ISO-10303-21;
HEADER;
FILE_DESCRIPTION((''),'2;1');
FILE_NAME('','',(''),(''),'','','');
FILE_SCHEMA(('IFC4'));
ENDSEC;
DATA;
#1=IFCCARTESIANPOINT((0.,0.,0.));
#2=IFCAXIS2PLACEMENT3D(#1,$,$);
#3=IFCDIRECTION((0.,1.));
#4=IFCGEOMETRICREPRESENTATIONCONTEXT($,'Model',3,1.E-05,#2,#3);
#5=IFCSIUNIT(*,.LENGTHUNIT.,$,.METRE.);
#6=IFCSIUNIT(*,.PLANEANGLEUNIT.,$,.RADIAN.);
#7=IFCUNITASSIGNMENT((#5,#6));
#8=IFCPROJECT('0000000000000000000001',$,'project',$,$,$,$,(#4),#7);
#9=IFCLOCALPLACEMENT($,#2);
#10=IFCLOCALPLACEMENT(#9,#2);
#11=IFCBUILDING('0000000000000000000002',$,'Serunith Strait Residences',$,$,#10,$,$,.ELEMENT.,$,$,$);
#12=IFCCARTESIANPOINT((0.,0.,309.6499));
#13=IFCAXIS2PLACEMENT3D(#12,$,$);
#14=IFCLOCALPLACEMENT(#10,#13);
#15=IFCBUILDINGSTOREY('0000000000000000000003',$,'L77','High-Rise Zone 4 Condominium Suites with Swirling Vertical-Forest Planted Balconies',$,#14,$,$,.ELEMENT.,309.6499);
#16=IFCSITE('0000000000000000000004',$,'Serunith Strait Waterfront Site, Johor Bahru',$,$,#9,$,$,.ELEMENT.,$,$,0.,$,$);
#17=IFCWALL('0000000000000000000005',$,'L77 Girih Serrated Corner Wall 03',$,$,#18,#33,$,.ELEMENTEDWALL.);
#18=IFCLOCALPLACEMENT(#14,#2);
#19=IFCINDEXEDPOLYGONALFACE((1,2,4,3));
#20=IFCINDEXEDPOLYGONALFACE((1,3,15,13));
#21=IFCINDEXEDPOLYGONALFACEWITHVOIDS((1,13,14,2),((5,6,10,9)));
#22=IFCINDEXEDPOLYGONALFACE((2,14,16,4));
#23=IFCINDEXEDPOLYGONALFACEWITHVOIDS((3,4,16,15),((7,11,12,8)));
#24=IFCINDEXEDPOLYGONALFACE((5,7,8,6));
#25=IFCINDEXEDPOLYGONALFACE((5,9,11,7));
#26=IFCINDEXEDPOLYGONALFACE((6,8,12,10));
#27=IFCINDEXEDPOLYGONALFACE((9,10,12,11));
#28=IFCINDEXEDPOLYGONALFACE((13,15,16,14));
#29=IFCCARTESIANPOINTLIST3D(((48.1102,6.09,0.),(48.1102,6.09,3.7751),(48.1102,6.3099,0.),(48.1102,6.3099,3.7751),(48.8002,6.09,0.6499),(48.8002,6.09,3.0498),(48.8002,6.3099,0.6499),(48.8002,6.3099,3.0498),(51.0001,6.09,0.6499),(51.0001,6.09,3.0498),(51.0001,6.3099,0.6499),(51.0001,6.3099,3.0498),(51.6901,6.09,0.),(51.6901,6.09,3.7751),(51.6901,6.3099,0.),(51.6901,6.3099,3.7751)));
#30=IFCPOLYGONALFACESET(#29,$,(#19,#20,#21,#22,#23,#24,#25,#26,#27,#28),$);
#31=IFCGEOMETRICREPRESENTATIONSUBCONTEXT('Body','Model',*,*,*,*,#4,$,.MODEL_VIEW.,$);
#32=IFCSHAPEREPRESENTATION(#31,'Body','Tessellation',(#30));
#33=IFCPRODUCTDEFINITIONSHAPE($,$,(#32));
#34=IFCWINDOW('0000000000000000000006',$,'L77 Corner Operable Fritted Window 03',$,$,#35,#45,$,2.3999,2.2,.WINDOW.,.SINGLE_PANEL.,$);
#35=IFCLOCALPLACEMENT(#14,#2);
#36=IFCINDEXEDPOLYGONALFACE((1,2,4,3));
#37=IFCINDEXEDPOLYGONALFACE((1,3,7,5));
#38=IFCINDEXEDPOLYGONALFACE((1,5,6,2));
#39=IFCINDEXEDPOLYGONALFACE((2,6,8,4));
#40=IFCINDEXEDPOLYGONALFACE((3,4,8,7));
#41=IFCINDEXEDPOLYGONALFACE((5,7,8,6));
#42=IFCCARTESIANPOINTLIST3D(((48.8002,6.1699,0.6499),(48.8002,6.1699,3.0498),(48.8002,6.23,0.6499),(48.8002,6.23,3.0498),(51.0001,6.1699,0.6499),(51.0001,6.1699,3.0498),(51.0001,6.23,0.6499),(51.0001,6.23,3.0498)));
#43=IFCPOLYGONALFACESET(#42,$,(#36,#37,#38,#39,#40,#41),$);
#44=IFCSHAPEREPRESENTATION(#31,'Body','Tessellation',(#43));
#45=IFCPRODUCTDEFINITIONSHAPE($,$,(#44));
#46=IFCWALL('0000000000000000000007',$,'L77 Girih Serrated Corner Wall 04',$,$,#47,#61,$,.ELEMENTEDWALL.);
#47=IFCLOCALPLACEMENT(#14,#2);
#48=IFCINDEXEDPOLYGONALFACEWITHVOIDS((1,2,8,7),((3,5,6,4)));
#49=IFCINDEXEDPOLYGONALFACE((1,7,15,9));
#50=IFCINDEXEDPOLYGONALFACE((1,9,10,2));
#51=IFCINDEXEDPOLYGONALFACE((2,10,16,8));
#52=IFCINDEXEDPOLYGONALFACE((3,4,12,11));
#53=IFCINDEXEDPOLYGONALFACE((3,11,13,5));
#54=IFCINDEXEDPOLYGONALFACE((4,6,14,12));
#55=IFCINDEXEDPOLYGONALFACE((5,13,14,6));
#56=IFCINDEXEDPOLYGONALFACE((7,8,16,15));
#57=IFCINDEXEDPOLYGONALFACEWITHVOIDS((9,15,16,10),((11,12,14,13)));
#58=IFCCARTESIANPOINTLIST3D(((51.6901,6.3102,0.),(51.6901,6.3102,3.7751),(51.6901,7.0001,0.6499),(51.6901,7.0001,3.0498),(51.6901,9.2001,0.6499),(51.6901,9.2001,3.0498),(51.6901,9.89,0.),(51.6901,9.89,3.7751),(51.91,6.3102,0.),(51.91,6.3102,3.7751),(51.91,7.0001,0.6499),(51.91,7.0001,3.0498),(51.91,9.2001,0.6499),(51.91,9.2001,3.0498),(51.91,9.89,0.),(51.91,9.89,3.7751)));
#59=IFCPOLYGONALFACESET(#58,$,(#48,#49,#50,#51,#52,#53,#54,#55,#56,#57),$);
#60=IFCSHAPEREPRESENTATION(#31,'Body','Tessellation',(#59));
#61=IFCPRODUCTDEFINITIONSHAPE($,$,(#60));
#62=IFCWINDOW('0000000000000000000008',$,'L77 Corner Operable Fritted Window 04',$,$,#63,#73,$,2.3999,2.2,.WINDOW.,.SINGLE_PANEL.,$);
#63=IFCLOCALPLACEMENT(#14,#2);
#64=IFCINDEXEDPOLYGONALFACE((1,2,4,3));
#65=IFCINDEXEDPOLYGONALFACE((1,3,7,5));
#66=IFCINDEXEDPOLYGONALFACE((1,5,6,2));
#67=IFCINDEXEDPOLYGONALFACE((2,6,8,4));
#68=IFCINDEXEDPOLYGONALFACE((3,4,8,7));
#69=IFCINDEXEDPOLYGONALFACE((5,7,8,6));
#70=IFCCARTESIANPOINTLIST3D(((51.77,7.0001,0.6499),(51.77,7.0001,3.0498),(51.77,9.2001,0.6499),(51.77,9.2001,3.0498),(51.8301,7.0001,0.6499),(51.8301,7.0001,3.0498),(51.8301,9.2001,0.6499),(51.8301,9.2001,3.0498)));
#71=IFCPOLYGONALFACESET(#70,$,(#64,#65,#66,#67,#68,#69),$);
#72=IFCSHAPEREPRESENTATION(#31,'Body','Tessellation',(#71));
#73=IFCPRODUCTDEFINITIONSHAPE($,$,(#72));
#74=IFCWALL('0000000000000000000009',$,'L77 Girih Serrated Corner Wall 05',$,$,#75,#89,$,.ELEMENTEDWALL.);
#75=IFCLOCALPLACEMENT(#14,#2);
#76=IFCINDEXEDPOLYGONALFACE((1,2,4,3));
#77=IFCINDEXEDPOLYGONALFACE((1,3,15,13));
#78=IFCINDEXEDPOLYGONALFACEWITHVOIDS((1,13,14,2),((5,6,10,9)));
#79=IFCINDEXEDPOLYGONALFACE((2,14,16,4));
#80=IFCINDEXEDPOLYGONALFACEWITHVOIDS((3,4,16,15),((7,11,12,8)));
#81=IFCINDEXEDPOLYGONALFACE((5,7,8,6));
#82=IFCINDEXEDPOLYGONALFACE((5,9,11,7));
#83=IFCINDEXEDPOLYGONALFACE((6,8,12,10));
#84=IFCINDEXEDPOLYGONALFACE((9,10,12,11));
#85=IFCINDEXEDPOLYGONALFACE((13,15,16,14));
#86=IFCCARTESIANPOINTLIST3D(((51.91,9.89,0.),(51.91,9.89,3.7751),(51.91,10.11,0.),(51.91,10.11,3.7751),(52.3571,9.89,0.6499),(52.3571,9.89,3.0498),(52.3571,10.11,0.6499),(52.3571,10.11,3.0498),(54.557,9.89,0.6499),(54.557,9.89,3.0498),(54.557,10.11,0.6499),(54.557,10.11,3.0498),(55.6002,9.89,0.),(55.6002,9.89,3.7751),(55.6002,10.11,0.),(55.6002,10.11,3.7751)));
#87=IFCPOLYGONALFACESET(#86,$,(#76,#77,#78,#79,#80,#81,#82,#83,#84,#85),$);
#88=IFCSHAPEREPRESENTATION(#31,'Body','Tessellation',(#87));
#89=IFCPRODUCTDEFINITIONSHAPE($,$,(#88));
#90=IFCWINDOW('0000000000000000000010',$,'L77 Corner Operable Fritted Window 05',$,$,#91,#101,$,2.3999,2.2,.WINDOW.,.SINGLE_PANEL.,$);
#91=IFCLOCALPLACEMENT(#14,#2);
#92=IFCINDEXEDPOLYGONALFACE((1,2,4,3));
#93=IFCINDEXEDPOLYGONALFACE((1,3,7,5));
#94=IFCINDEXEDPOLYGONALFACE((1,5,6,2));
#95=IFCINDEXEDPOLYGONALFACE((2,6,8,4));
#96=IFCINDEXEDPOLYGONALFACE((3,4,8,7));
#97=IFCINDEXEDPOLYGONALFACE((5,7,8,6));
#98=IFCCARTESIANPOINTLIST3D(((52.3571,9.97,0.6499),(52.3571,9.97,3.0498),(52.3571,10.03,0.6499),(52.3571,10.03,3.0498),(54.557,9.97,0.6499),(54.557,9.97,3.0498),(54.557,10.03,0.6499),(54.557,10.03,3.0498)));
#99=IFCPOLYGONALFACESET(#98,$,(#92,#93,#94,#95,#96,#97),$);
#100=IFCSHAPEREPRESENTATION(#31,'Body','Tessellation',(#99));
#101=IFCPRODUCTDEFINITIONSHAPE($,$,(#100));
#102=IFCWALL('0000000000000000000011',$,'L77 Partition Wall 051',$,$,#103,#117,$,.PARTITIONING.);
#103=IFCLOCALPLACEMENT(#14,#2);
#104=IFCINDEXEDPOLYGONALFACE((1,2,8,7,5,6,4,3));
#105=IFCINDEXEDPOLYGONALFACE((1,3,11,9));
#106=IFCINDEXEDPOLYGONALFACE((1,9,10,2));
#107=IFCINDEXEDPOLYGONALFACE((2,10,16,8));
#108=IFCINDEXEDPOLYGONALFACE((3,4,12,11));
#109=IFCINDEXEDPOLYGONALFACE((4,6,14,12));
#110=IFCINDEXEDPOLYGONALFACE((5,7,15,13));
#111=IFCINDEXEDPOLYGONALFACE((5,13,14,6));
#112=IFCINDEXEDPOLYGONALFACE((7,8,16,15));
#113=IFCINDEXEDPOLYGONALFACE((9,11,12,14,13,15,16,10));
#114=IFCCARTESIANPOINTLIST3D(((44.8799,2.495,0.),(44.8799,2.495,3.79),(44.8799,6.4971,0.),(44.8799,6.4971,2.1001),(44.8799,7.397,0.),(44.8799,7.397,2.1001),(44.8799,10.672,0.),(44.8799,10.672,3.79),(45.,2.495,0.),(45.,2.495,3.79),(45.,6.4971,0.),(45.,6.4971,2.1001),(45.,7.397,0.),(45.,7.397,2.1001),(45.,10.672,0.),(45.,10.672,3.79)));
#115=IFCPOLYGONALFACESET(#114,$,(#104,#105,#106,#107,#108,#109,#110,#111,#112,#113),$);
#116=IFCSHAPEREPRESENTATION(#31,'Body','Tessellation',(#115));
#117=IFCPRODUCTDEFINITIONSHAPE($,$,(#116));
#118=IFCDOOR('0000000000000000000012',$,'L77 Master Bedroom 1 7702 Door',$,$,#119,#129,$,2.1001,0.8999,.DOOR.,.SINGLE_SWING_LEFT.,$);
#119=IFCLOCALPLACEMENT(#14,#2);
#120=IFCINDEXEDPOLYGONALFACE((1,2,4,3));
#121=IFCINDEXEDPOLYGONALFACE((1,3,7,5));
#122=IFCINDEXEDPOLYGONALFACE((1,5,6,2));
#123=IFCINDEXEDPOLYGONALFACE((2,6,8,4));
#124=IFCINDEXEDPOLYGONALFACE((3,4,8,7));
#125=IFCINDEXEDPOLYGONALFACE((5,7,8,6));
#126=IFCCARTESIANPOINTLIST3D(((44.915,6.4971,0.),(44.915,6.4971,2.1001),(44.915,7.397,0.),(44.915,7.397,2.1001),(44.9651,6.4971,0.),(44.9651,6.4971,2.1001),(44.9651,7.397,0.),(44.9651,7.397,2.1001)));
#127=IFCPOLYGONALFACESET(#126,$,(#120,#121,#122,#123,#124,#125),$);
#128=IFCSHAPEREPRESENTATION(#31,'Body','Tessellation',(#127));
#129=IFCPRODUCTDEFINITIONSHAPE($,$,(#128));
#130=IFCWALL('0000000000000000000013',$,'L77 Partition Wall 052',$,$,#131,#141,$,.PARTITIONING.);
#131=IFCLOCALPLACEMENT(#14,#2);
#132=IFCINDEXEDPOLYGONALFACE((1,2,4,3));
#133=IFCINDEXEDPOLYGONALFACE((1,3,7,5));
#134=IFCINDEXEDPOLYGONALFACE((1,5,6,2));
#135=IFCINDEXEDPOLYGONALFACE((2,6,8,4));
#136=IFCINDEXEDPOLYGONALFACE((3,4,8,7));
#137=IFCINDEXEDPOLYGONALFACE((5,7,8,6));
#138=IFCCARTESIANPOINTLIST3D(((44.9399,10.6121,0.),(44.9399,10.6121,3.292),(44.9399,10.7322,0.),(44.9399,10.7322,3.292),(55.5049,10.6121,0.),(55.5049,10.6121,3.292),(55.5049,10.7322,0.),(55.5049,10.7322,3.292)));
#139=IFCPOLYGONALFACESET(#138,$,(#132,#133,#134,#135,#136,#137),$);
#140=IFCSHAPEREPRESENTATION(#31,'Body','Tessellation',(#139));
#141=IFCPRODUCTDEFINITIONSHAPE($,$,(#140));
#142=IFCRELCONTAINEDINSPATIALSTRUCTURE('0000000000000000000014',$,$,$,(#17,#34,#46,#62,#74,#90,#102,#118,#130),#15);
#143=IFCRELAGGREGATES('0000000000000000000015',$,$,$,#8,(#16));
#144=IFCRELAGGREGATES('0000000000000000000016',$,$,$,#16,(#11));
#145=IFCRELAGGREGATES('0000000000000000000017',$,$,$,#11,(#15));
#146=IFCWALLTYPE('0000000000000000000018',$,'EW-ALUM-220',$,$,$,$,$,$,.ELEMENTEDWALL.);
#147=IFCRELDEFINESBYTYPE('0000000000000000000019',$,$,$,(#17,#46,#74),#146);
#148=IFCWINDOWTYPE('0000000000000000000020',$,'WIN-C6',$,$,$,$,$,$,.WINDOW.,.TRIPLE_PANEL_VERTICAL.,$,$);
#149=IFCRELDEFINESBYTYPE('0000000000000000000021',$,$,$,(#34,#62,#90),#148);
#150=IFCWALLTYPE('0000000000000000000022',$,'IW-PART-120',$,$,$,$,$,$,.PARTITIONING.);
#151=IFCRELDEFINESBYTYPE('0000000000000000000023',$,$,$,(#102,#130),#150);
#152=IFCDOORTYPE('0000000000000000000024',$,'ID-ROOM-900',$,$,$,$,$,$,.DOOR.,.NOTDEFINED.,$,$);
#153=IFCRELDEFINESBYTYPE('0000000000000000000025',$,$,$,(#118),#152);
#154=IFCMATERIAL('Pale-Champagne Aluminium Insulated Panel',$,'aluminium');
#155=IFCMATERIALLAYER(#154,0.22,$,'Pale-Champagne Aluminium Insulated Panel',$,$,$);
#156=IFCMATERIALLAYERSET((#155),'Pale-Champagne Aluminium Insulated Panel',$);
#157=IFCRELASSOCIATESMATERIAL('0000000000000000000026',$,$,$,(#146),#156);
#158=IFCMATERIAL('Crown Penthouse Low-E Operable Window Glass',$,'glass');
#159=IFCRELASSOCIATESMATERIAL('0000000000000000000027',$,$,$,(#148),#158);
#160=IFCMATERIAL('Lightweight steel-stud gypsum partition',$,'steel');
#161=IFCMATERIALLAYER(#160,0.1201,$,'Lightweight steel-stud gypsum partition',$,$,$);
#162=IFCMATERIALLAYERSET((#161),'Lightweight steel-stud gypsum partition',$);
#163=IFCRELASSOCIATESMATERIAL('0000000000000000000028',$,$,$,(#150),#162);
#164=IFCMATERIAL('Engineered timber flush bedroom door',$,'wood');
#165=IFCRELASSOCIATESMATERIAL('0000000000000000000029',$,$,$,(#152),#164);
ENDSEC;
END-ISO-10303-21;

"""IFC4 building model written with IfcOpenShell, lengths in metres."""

from ifc_helpers import new_model, si_unit, direction, frame, frame_2d, origin, place, context, subcontext, project, spatial, rectangle, extrude, source, transform, mapped, material, layer, layer_set, type_object, element, fill, save


model = new_model("IFC4")

# Units and contexts
model_context = context("Model", 3, precision=1e-05, world=origin(), true_north=direction((0.0, 1.0)))
body_context = subcontext(model_context, "Body", "Model", "MODEL_VIEW")
ifc_project = project(units=[si_unit("LENGTHUNIT", "METRE"), si_unit("PLANEANGLEUNIT", "RADIAN")], contexts=[model_context])

# Site, building, storey
site_placement = place(None, origin())
site = spatial("IfcSite", under=ifc_project, at=site_placement, Name="Serunith Strait Waterfront Site, Johor Bahru", CompositionType="ELEMENT", RefElevation=0.0)
building_placement = place(site_placement, origin())
building = spatial("IfcBuilding", under=site, at=building_placement, Name="Serunith Strait Residences", CompositionType="ELEMENT")
storey_placement = place(building_placement, frame((0.0, 0.0, 309.6499)))
storey = spatial("IfcBuildingStorey", under=building, at=storey_placement, Name="L77", Description="High-Rise Zone 4 Condominium Suites with Swirling Vertical-Forest Planted Balconies", CompositionType="ELEMENT", Elevation=309.6499)

# Walls, openings, windows
ifc_material_1 = material(Name="Pale-Champagne Aluminium Insulated Panel", Category="aluminium")
ifc_layer_1 = layer(ifc_material_1, 0.22, Name="Pale-Champagne Aluminium Insulated Panel")
ifc_layer_set_1 = layer_set([ifc_layer_1], Name="Pale-Champagne Aluminium Insulated Panel")
wall_type_1 = type_object("IfcWallType", Name="EW-ALUM-220", PredefinedType="ELEMENTEDWALL", material=ifc_layer_set_1)
ifc_material_2 = material(Name="Crown Penthouse Low-E Operable Window Glass", Category="glass")
window_type = type_object("IfcWindowType", Name="WIN-C6", PartitioningType="TRIPLE_PANEL_VERTICAL", PredefinedType="WINDOW", material=ifc_material_2)
shared_shape_1 = source(origin(), body_context, "Body", "SweptSolid", [
    extrude(rectangle(XDim=2.2, YDim=2.3999, at=frame_2d((1.1001, 1.2))), frame((0.0, 0.03, 0.0), z_axis=(0.0, -1.0, 0.0), x_axis=(1.0, 0.0, 0.0)), (0.0, 0.0, 1.0), 0.0601),
])
wall_1_placement = place(storey_placement, frame((48.1101, 6.2, 0.0), z_axis=(0.0, 0.0, 1.0), x_axis=(1.0, 0.0, 0.0)))
wall_1 = element("IfcWall", 1, at=wall_1_placement, inside=storey, type_object=wall_type_1, Name="L77 Girih Serrated Corner Wall 03", PredefinedType="ELEMENTEDWALL", context=body_context, shape_type="SweptSolid", body=[
    extrude(rectangle(XDim=3.5798, YDim=0.22, at=frame_2d((1.79, 0.0))), origin(), (0.0, 0.0, 1.0), 3.7751),
])
opening_1_placement = place(wall_1_placement, frame((0.6899, 0.0, 0.6499)))
opening_1 = element("IfcOpeningElement", 2, at=opening_1_placement, cuts=wall_1, PredefinedType="OPENING", context=body_context, shape_type="SweptSolid", body=[
    extrude(rectangle(XDim=2.2, YDim=2.3999, at=frame_2d((1.1001, 1.2))), frame((0.0, 0.1201, 0.0), z_axis=(0.0, -1.0, 0.0), x_axis=(1.0, 0.0, 0.0)), (0.0, 0.0, 1.0), 0.24),
])
window_1_placement = place(opening_1_placement, origin())
window_1 = element("IfcWindow", 3, at=window_1_placement, inside=storey, type_object=window_type, Name="L77 Corner Operable Fritted Window 03", OverallHeight=2.3999, OverallWidth=2.2, PartitioningType="SINGLE_PANEL", PredefinedType="WINDOW", context=body_context, shape_type="MappedRepresentation", body=[
    mapped(shared_shape_1, transform((0.0, 0.0, 0.0), scale=1.0)),
])
fill(opening_1, window_1)
wall_2_placement = place(storey_placement, frame((51.8, 6.3101, 0.0), z_axis=(0.0, 0.0, 1.0), x_axis=(0.0, 1.0, 0.0)))
wall_2 = element("IfcWall", 4, at=wall_2_placement, inside=storey, type_object=wall_type_1, Name="L77 Girih Serrated Corner Wall 04", PredefinedType="ELEMENTEDWALL", context=body_context, shape_type="SweptSolid", body=[
    extrude(rectangle(XDim=3.5798, YDim=0.22, at=frame_2d((1.79, 0.0))), origin(), (0.0, 0.0, 1.0), 3.7751),
])
opening_2_placement = place(wall_2_placement, frame((0.6899, 0.0, 0.6499)))
opening_2 = element("IfcOpeningElement", 5, at=opening_2_placement, cuts=wall_2, PredefinedType="OPENING", context=body_context, shape_type="SweptSolid", body=[
    extrude(rectangle(XDim=2.2, YDim=2.3999, at=frame_2d((1.1001, 1.2))), frame((0.0, 0.1201, 0.0), z_axis=(0.0, -1.0, 0.0), x_axis=(1.0, 0.0, 0.0)), (0.0, 0.0, 1.0), 0.24),
])
window_2_placement = place(opening_2_placement, origin())
window_2 = element("IfcWindow", 6, at=window_2_placement, inside=storey, type_object=window_type, Name="L77 Corner Operable Fritted Window 04", OverallHeight=2.3999, OverallWidth=2.2, PartitioningType="SINGLE_PANEL", PredefinedType="WINDOW", context=body_context, shape_type="MappedRepresentation", body=[
    mapped(shared_shape_1, transform((0.0, 0.0, 0.0), scale=1.0)),
])
fill(opening_2, window_2)
wall_3_placement = place(storey_placement, frame((51.9099, 10.0, 0.0), z_axis=(0.0, 0.0, 1.0), x_axis=(1.0, 0.0, 0.0)))
wall_3 = element("IfcWall", 7, at=wall_3_placement, inside=storey, type_object=wall_type_1, Name="L77 Girih Serrated Corner Wall 05", PredefinedType="ELEMENTEDWALL", context=body_context, shape_type="SweptSolid", body=[
    extrude(rectangle(XDim=3.6902, YDim=0.22, at=frame_2d((1.8452, 0.0))), origin(), (0.0, 0.0, 1.0), 3.7751),
])
opening_3_placement = place(wall_3_placement, frame((0.447, 0.0, 0.6499)))
opening_3 = element("IfcOpeningElement", 8, at=opening_3_placement, cuts=wall_3, PredefinedType="OPENING", context=body_context, shape_type="SweptSolid", body=[
    extrude(rectangle(XDim=2.2, YDim=2.3999, at=frame_2d((1.1001, 1.2))), frame((0.0, 0.1201, 0.0), z_axis=(0.0, -1.0, 0.0), x_axis=(1.0, 0.0, 0.0)), (0.0, 0.0, 1.0), 0.24),
])
window_3_placement = place(opening_3_placement, origin())
window_3 = element("IfcWindow", 9, at=window_3_placement, inside=storey, type_object=window_type, Name="L77 Corner Operable Fritted Window 05", OverallHeight=2.3999, OverallWidth=2.2, PartitioningType="SINGLE_PANEL", PredefinedType="WINDOW", context=body_context, shape_type="MappedRepresentation", body=[
    mapped(shared_shape_1, transform((0.0, 0.0, 0.0), scale=1.0)),
])
fill(opening_3, window_3)

# Wall, opening, door
ifc_material_3 = material(Name="Lightweight steel-stud gypsum partition", Category="steel")
ifc_layer_2 = layer(ifc_material_3, 0.1201, Name="Lightweight steel-stud gypsum partition")
ifc_layer_set_2 = layer_set([ifc_layer_2], Name="Lightweight steel-stud gypsum partition")
wall_type_2 = type_object("IfcWallType", Name="IW-PART-120", PredefinedType="PARTITIONING", material=ifc_layer_set_2)
wall_4_placement = place(storey_placement, frame((44.9399, 2.4951, 0.0), z_axis=(0.0, 0.0, 1.0), x_axis=(0.0, 1.0, 0.0)))
wall_4 = element("IfcWall", 10, at=wall_4_placement, inside=storey, type_object=wall_type_2, Name="L77 Partition Wall 051", PredefinedType="PARTITIONING", context=body_context, shape_type="SweptSolid", body=[
    extrude(rectangle(XDim=8.177, YDim=0.1201, at=frame_2d((4.0884, 0.0))), origin(), (0.0, 0.0, 1.0), 3.79),
])
opening_4_placement = place(wall_4_placement, frame((4.002, 0.0, 0.0)))
opening_4 = element("IfcOpeningElement", 11, at=opening_4_placement, cuts=wall_4, PredefinedType="OPENING", context=body_context, shape_type="SweptSolid", body=[
    extrude(rectangle(XDim=0.8999, YDim=2.1001, at=frame_2d((0.45, 1.05))), frame((0.0, 0.0701, 0.0), z_axis=(0.0, -1.0, 0.0), x_axis=(1.0, 0.0, 0.0)), (0.0, 0.0, 1.0), 0.1401),
])
ifc_material_4 = material(Name="Engineered timber flush bedroom door", Category="wood")
door_type_1 = type_object("IfcDoorType", Name="ID-ROOM-900", OperationType="NOTDEFINED", PredefinedType="DOOR", material=ifc_material_4)
shared_shape_2 = source(origin(), body_context, "Body", "SweptSolid", [
    extrude(rectangle(XDim=0.8999, YDim=2.1001, at=frame_2d((0.45, 1.05))), frame((0.0, 0.0249, 0.0), z_axis=(0.0, -1.0, 0.0), x_axis=(1.0, 0.0, 0.0)), (0.0, 0.0, 1.0), 0.05),
])
door_1_placement = place(opening_4_placement, origin())
door_1 = element("IfcDoor", 12, at=door_1_placement, inside=storey, type_object=door_type_1, Name="L77 Master Bedroom 1 7702 Door", OperationType="SINGLE_SWING_LEFT", OverallHeight=2.1001, OverallWidth=0.8999, PredefinedType="DOOR", context=body_context, shape_type="MappedRepresentation", body=[
    mapped(shared_shape_2, transform((0.0, 0.0, 0.0), scale=1.0)),
])
fill(opening_4, door_1)

# Wall
wall_5_placement = place(storey_placement, frame((44.9399, 10.6721, 0.0), z_axis=(0.0, 0.0, 1.0), x_axis=(1.0, 0.0, 0.0)))
element("IfcWall", 13, at=wall_5_placement, inside=storey, type_object=wall_type_2, Name="L77 Partition Wall 052", PredefinedType="PARTITIONING", context=body_context, shape_type="SweptSolid", body=[
    extrude(rectangle(XDim=10.5649, YDim=0.1201, at=frame_2d((5.2825, 0.0))), origin(), (0.0, 0.0, 1.0), 3.292),
])

save(model, "model.ifc")
